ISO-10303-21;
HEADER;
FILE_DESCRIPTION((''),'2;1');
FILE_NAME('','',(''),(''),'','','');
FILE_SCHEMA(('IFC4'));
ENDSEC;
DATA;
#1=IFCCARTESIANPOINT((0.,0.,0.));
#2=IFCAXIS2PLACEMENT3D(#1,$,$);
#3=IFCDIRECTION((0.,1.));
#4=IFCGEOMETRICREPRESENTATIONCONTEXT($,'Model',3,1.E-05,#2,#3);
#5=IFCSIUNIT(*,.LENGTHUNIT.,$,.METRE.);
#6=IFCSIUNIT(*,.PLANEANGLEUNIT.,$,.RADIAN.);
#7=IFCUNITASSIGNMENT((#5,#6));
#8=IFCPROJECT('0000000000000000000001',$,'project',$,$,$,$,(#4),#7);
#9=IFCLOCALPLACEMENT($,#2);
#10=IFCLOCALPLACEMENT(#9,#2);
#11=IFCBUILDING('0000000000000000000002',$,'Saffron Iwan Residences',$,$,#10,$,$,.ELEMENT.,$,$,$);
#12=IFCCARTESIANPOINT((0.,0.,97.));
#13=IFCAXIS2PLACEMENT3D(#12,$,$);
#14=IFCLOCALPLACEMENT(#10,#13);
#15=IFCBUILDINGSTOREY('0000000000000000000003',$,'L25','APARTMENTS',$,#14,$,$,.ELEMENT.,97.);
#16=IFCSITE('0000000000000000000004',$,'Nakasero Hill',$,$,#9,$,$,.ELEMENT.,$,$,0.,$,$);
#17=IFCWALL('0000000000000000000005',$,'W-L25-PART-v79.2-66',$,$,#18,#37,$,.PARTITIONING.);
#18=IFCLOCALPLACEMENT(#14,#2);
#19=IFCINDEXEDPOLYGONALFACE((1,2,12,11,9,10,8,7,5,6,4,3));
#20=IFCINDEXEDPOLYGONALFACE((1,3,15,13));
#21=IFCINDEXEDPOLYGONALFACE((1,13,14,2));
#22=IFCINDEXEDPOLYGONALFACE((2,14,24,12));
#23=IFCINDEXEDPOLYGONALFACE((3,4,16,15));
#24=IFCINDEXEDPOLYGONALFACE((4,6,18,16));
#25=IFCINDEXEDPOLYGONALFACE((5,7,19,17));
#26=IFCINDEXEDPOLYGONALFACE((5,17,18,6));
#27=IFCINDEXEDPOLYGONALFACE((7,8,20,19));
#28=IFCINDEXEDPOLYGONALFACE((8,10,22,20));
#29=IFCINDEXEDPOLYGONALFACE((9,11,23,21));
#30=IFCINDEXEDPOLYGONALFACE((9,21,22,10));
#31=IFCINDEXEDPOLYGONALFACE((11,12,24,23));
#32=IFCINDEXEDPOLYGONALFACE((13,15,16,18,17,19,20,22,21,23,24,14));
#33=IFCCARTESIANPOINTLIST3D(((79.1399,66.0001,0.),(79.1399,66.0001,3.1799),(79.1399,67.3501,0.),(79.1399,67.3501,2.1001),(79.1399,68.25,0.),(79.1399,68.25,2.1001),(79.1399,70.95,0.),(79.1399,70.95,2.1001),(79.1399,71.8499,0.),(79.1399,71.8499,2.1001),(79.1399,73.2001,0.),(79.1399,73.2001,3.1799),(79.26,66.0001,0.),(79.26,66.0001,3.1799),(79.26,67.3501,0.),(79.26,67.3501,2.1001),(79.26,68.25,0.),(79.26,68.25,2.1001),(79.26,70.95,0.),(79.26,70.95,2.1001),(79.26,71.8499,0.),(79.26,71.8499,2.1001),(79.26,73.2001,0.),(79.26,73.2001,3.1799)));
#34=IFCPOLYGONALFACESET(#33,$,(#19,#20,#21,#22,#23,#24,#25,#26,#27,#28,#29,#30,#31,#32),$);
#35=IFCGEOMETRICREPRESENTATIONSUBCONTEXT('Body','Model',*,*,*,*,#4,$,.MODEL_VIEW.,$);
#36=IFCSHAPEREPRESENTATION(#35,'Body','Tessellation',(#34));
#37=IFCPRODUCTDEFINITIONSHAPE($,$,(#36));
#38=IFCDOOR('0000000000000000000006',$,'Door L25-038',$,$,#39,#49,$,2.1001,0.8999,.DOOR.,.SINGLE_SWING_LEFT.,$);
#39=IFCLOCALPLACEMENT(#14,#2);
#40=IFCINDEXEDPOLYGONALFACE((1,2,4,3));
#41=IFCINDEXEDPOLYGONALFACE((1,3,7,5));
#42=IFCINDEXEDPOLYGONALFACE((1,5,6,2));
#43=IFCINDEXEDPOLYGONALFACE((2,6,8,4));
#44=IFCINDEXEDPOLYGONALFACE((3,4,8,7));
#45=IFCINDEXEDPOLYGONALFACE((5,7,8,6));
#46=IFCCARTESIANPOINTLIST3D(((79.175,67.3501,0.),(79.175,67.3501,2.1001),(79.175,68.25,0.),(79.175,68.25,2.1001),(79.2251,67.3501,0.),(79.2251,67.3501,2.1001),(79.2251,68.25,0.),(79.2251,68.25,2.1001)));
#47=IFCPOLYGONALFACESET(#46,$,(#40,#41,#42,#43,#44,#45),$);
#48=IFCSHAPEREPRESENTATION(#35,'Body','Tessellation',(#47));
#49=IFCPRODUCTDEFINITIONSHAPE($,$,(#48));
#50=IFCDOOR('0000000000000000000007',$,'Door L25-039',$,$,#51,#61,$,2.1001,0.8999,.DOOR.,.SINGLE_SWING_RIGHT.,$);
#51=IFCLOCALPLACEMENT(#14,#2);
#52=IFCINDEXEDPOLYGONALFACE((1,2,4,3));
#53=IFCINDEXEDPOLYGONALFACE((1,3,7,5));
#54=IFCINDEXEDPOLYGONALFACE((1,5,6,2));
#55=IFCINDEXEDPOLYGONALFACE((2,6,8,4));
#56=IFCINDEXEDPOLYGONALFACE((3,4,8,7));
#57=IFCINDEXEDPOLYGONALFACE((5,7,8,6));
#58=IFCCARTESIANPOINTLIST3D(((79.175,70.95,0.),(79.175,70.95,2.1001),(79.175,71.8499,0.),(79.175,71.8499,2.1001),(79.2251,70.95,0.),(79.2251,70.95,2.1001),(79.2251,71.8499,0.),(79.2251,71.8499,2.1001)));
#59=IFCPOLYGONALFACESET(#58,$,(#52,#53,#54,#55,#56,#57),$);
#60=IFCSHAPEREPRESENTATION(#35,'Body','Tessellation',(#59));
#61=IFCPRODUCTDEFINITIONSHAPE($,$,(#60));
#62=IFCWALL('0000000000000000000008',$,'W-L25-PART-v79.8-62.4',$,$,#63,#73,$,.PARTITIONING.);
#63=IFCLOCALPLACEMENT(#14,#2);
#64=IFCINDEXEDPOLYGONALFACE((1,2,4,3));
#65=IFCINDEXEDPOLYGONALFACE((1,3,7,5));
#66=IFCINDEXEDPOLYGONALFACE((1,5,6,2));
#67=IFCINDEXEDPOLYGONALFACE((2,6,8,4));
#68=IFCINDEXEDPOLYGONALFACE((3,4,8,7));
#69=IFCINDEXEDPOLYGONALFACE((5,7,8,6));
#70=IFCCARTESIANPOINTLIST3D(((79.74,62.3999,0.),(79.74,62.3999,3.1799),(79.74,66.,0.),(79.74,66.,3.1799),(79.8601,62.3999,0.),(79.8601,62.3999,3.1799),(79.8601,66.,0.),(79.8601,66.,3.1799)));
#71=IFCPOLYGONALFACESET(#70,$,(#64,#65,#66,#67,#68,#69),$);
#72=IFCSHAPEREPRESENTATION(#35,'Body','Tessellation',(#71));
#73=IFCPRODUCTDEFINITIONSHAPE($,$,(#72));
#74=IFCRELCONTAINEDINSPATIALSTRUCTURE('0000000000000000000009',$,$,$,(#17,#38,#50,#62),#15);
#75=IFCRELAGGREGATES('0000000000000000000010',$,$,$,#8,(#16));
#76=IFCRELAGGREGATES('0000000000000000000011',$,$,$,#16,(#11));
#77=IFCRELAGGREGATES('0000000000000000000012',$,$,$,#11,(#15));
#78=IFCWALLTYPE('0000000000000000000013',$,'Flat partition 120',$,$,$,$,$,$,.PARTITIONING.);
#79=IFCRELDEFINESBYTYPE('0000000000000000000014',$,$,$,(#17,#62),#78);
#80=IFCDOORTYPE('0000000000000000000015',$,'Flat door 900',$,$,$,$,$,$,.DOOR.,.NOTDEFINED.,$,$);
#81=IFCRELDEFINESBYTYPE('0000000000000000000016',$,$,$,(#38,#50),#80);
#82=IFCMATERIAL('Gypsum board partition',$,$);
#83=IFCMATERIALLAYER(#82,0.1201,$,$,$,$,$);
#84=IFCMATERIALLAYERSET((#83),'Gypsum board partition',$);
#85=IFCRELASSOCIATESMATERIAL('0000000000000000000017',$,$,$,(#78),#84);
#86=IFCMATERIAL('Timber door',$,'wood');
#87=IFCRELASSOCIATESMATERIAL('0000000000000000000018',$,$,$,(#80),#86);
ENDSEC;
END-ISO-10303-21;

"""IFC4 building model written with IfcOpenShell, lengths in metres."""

from ifc_helpers import new_model, si_unit, direction, frame, frame_2d, origin, place, context, subcontext, project, spatial, rectangle, extrude, material, layer, layer_set, type_object, element, fill, save


model = new_model("IFC4")

# Units and contexts
model_context = context("Model", 3, precision=1e-05, world=origin(), true_north=direction((0.0, 1.0)))
body_context = subcontext(model_context, "Body", "Model", "MODEL_VIEW")
ifc_project = project(units=[si_unit("LENGTHUNIT", "METRE"), si_unit("PLANEANGLEUNIT", "RADIAN")], contexts=[model_context])

# Site, building, storey
site_placement = place(None, origin())
site = spatial("IfcSite", under=ifc_project, at=site_placement, Name="Nakasero Hill", CompositionType="ELEMENT", RefElevation=0.0)
building_placement = place(site_placement, origin())
building = spatial("IfcBuilding", under=site, at=building_placement, Name="Saffron Iwan Residences", CompositionType="ELEMENT")
storey_placement = place(building_placement, frame((0.0, 0.0, 97.0)))
storey = spatial("IfcBuildingStorey", under=building, at=storey_placement, Name="L25", Description="APARTMENTS", CompositionType="ELEMENT", Elevation=97.0)

# Shared definitions
ifc_material_1 = material(Name="Gypsum board partition")
ifc_layer_1 = layer(ifc_material_1, 0.1201)
ifc_layer_set_1 = layer_set([ifc_layer_1], Name="Gypsum board partition")
wall_type_1 = type_object("IfcWallType", Name="Flat partition 120", PredefinedType="PARTITIONING", material=ifc_layer_set_1)
ifc_material_2 = material(Name="Timber door", Category="wood")

# Wall, openings, doors
wall_1_placement = place(storey_placement, frame((79.2, 66.0, 0.0), z_axis=(0.0, 0.0, 1.0), x_axis=(0.0, 1.0, 0.0)))
wall_1 = element("IfcWall", 1, at=wall_1_placement, inside=storey, type_object=wall_type_1, Name="W-L25-PART-v79.2-66", PredefinedType="PARTITIONING", context=body_context, shape_type="SweptSolid", body=[
    extrude(rectangle(XDim=7.2, YDim=0.1201, at=frame_2d((3.6001, 0.0))), origin(), (0.0, 0.0, 1.0), 3.1799),
])
opening_1_placement = place(wall_1_placement, frame((1.3501, 0.0, 0.0)))
opening_1 = element("IfcOpeningElement", 2, at=opening_1_placement, cuts=wall_1, PredefinedType="OPENING", context=body_context, shape_type="SweptSolid", body=[
    extrude(rectangle(XDim=0.8999, YDim=2.1001, at=frame_2d((0.45, 1.05))), frame((0.0, 0.0701, 0.0), z_axis=(0.0, -1.0, 0.0), x_axis=(1.0, 0.0, 0.0)), (0.0, 0.0, 1.0), 0.1401),
])
opening_2_placement = place(wall_1_placement, frame((4.95, 0.0, 0.0)))
opening_2 = element("IfcOpeningElement", 3, at=opening_2_placement, cuts=wall_1, PredefinedType="OPENING", context=body_context, shape_type="SweptSolid", body=[
    extrude(rectangle(XDim=0.8999, YDim=2.1001, at=frame_2d((0.45, 1.05))), frame((0.0, 0.0701, 0.0), z_axis=(0.0, -1.0, 0.0), x_axis=(1.0, 0.0, 0.0)), (0.0, 0.0, 1.0), 0.1401),
])
door_type_1 = type_object("IfcDoorType", Name="Flat door 900", OperationType="NOTDEFINED", PredefinedType="DOOR", material=ifc_material_2)
door_1_placement = place(opening_1_placement, origin())
door_1 = element("IfcDoor", 4, at=door_1_placement, inside=storey, type_object=door_type_1, Name="Door L25-038", OperationType="SINGLE_SWING_LEFT", OverallHeight=2.1001, OverallWidth=0.8999, PredefinedType="DOOR", context=body_context, shape_type="SweptSolid", body=[
    extrude(rectangle(XDim=0.8999, YDim=2.1001, at=frame_2d((0.45, 1.05))), frame((0.0, 0.0249, 0.0), z_axis=(0.0, -1.0, 0.0), x_axis=(1.0, 0.0, 0.0)), (0.0, 0.0, 1.0), 0.05),
])
fill(opening_1, door_1)
door_2_placement = place(opening_2_placement, origin())
door_2 = element("IfcDoor", 5, at=door_2_placement, inside=storey, type_object=door_type_1, Name="Door L25-039", OperationType="SINGLE_SWING_RIGHT", OverallHeight=2.1001, OverallWidth=0.8999, PredefinedType="DOOR", context=body_context, shape_type="SweptSolid", body=[
    extrude(rectangle(XDim=0.8999, YDim=2.1001, at=frame_2d((0.45, 1.05))), frame((0.0, 0.0249, 0.0), z_axis=(0.0, -1.0, 0.0), x_axis=(1.0, 0.0, 0.0)), (0.0, 0.0, 1.0), 0.05),
])
fill(opening_2, door_2)

# Wall
wall_2_placement = place(storey_placement, frame((79.8, 62.3999, 0.0), z_axis=(0.0, 0.0, 1.0), x_axis=(0.0, 1.0, 0.0)))
element("IfcWall", 6, at=wall_2_placement, inside=storey, type_object=wall_type_1, Name="W-L25-PART-v79.8-62.4", PredefinedType="PARTITIONING", context=body_context, shape_type="SweptSolid", body=[
    extrude(rectangle(XDim=3.6001, YDim=0.1201, at=frame_2d((1.8, 0.0))), origin(), (0.0, 0.0, 1.0), 3.1799),
])

save(model, "model.ifc")
